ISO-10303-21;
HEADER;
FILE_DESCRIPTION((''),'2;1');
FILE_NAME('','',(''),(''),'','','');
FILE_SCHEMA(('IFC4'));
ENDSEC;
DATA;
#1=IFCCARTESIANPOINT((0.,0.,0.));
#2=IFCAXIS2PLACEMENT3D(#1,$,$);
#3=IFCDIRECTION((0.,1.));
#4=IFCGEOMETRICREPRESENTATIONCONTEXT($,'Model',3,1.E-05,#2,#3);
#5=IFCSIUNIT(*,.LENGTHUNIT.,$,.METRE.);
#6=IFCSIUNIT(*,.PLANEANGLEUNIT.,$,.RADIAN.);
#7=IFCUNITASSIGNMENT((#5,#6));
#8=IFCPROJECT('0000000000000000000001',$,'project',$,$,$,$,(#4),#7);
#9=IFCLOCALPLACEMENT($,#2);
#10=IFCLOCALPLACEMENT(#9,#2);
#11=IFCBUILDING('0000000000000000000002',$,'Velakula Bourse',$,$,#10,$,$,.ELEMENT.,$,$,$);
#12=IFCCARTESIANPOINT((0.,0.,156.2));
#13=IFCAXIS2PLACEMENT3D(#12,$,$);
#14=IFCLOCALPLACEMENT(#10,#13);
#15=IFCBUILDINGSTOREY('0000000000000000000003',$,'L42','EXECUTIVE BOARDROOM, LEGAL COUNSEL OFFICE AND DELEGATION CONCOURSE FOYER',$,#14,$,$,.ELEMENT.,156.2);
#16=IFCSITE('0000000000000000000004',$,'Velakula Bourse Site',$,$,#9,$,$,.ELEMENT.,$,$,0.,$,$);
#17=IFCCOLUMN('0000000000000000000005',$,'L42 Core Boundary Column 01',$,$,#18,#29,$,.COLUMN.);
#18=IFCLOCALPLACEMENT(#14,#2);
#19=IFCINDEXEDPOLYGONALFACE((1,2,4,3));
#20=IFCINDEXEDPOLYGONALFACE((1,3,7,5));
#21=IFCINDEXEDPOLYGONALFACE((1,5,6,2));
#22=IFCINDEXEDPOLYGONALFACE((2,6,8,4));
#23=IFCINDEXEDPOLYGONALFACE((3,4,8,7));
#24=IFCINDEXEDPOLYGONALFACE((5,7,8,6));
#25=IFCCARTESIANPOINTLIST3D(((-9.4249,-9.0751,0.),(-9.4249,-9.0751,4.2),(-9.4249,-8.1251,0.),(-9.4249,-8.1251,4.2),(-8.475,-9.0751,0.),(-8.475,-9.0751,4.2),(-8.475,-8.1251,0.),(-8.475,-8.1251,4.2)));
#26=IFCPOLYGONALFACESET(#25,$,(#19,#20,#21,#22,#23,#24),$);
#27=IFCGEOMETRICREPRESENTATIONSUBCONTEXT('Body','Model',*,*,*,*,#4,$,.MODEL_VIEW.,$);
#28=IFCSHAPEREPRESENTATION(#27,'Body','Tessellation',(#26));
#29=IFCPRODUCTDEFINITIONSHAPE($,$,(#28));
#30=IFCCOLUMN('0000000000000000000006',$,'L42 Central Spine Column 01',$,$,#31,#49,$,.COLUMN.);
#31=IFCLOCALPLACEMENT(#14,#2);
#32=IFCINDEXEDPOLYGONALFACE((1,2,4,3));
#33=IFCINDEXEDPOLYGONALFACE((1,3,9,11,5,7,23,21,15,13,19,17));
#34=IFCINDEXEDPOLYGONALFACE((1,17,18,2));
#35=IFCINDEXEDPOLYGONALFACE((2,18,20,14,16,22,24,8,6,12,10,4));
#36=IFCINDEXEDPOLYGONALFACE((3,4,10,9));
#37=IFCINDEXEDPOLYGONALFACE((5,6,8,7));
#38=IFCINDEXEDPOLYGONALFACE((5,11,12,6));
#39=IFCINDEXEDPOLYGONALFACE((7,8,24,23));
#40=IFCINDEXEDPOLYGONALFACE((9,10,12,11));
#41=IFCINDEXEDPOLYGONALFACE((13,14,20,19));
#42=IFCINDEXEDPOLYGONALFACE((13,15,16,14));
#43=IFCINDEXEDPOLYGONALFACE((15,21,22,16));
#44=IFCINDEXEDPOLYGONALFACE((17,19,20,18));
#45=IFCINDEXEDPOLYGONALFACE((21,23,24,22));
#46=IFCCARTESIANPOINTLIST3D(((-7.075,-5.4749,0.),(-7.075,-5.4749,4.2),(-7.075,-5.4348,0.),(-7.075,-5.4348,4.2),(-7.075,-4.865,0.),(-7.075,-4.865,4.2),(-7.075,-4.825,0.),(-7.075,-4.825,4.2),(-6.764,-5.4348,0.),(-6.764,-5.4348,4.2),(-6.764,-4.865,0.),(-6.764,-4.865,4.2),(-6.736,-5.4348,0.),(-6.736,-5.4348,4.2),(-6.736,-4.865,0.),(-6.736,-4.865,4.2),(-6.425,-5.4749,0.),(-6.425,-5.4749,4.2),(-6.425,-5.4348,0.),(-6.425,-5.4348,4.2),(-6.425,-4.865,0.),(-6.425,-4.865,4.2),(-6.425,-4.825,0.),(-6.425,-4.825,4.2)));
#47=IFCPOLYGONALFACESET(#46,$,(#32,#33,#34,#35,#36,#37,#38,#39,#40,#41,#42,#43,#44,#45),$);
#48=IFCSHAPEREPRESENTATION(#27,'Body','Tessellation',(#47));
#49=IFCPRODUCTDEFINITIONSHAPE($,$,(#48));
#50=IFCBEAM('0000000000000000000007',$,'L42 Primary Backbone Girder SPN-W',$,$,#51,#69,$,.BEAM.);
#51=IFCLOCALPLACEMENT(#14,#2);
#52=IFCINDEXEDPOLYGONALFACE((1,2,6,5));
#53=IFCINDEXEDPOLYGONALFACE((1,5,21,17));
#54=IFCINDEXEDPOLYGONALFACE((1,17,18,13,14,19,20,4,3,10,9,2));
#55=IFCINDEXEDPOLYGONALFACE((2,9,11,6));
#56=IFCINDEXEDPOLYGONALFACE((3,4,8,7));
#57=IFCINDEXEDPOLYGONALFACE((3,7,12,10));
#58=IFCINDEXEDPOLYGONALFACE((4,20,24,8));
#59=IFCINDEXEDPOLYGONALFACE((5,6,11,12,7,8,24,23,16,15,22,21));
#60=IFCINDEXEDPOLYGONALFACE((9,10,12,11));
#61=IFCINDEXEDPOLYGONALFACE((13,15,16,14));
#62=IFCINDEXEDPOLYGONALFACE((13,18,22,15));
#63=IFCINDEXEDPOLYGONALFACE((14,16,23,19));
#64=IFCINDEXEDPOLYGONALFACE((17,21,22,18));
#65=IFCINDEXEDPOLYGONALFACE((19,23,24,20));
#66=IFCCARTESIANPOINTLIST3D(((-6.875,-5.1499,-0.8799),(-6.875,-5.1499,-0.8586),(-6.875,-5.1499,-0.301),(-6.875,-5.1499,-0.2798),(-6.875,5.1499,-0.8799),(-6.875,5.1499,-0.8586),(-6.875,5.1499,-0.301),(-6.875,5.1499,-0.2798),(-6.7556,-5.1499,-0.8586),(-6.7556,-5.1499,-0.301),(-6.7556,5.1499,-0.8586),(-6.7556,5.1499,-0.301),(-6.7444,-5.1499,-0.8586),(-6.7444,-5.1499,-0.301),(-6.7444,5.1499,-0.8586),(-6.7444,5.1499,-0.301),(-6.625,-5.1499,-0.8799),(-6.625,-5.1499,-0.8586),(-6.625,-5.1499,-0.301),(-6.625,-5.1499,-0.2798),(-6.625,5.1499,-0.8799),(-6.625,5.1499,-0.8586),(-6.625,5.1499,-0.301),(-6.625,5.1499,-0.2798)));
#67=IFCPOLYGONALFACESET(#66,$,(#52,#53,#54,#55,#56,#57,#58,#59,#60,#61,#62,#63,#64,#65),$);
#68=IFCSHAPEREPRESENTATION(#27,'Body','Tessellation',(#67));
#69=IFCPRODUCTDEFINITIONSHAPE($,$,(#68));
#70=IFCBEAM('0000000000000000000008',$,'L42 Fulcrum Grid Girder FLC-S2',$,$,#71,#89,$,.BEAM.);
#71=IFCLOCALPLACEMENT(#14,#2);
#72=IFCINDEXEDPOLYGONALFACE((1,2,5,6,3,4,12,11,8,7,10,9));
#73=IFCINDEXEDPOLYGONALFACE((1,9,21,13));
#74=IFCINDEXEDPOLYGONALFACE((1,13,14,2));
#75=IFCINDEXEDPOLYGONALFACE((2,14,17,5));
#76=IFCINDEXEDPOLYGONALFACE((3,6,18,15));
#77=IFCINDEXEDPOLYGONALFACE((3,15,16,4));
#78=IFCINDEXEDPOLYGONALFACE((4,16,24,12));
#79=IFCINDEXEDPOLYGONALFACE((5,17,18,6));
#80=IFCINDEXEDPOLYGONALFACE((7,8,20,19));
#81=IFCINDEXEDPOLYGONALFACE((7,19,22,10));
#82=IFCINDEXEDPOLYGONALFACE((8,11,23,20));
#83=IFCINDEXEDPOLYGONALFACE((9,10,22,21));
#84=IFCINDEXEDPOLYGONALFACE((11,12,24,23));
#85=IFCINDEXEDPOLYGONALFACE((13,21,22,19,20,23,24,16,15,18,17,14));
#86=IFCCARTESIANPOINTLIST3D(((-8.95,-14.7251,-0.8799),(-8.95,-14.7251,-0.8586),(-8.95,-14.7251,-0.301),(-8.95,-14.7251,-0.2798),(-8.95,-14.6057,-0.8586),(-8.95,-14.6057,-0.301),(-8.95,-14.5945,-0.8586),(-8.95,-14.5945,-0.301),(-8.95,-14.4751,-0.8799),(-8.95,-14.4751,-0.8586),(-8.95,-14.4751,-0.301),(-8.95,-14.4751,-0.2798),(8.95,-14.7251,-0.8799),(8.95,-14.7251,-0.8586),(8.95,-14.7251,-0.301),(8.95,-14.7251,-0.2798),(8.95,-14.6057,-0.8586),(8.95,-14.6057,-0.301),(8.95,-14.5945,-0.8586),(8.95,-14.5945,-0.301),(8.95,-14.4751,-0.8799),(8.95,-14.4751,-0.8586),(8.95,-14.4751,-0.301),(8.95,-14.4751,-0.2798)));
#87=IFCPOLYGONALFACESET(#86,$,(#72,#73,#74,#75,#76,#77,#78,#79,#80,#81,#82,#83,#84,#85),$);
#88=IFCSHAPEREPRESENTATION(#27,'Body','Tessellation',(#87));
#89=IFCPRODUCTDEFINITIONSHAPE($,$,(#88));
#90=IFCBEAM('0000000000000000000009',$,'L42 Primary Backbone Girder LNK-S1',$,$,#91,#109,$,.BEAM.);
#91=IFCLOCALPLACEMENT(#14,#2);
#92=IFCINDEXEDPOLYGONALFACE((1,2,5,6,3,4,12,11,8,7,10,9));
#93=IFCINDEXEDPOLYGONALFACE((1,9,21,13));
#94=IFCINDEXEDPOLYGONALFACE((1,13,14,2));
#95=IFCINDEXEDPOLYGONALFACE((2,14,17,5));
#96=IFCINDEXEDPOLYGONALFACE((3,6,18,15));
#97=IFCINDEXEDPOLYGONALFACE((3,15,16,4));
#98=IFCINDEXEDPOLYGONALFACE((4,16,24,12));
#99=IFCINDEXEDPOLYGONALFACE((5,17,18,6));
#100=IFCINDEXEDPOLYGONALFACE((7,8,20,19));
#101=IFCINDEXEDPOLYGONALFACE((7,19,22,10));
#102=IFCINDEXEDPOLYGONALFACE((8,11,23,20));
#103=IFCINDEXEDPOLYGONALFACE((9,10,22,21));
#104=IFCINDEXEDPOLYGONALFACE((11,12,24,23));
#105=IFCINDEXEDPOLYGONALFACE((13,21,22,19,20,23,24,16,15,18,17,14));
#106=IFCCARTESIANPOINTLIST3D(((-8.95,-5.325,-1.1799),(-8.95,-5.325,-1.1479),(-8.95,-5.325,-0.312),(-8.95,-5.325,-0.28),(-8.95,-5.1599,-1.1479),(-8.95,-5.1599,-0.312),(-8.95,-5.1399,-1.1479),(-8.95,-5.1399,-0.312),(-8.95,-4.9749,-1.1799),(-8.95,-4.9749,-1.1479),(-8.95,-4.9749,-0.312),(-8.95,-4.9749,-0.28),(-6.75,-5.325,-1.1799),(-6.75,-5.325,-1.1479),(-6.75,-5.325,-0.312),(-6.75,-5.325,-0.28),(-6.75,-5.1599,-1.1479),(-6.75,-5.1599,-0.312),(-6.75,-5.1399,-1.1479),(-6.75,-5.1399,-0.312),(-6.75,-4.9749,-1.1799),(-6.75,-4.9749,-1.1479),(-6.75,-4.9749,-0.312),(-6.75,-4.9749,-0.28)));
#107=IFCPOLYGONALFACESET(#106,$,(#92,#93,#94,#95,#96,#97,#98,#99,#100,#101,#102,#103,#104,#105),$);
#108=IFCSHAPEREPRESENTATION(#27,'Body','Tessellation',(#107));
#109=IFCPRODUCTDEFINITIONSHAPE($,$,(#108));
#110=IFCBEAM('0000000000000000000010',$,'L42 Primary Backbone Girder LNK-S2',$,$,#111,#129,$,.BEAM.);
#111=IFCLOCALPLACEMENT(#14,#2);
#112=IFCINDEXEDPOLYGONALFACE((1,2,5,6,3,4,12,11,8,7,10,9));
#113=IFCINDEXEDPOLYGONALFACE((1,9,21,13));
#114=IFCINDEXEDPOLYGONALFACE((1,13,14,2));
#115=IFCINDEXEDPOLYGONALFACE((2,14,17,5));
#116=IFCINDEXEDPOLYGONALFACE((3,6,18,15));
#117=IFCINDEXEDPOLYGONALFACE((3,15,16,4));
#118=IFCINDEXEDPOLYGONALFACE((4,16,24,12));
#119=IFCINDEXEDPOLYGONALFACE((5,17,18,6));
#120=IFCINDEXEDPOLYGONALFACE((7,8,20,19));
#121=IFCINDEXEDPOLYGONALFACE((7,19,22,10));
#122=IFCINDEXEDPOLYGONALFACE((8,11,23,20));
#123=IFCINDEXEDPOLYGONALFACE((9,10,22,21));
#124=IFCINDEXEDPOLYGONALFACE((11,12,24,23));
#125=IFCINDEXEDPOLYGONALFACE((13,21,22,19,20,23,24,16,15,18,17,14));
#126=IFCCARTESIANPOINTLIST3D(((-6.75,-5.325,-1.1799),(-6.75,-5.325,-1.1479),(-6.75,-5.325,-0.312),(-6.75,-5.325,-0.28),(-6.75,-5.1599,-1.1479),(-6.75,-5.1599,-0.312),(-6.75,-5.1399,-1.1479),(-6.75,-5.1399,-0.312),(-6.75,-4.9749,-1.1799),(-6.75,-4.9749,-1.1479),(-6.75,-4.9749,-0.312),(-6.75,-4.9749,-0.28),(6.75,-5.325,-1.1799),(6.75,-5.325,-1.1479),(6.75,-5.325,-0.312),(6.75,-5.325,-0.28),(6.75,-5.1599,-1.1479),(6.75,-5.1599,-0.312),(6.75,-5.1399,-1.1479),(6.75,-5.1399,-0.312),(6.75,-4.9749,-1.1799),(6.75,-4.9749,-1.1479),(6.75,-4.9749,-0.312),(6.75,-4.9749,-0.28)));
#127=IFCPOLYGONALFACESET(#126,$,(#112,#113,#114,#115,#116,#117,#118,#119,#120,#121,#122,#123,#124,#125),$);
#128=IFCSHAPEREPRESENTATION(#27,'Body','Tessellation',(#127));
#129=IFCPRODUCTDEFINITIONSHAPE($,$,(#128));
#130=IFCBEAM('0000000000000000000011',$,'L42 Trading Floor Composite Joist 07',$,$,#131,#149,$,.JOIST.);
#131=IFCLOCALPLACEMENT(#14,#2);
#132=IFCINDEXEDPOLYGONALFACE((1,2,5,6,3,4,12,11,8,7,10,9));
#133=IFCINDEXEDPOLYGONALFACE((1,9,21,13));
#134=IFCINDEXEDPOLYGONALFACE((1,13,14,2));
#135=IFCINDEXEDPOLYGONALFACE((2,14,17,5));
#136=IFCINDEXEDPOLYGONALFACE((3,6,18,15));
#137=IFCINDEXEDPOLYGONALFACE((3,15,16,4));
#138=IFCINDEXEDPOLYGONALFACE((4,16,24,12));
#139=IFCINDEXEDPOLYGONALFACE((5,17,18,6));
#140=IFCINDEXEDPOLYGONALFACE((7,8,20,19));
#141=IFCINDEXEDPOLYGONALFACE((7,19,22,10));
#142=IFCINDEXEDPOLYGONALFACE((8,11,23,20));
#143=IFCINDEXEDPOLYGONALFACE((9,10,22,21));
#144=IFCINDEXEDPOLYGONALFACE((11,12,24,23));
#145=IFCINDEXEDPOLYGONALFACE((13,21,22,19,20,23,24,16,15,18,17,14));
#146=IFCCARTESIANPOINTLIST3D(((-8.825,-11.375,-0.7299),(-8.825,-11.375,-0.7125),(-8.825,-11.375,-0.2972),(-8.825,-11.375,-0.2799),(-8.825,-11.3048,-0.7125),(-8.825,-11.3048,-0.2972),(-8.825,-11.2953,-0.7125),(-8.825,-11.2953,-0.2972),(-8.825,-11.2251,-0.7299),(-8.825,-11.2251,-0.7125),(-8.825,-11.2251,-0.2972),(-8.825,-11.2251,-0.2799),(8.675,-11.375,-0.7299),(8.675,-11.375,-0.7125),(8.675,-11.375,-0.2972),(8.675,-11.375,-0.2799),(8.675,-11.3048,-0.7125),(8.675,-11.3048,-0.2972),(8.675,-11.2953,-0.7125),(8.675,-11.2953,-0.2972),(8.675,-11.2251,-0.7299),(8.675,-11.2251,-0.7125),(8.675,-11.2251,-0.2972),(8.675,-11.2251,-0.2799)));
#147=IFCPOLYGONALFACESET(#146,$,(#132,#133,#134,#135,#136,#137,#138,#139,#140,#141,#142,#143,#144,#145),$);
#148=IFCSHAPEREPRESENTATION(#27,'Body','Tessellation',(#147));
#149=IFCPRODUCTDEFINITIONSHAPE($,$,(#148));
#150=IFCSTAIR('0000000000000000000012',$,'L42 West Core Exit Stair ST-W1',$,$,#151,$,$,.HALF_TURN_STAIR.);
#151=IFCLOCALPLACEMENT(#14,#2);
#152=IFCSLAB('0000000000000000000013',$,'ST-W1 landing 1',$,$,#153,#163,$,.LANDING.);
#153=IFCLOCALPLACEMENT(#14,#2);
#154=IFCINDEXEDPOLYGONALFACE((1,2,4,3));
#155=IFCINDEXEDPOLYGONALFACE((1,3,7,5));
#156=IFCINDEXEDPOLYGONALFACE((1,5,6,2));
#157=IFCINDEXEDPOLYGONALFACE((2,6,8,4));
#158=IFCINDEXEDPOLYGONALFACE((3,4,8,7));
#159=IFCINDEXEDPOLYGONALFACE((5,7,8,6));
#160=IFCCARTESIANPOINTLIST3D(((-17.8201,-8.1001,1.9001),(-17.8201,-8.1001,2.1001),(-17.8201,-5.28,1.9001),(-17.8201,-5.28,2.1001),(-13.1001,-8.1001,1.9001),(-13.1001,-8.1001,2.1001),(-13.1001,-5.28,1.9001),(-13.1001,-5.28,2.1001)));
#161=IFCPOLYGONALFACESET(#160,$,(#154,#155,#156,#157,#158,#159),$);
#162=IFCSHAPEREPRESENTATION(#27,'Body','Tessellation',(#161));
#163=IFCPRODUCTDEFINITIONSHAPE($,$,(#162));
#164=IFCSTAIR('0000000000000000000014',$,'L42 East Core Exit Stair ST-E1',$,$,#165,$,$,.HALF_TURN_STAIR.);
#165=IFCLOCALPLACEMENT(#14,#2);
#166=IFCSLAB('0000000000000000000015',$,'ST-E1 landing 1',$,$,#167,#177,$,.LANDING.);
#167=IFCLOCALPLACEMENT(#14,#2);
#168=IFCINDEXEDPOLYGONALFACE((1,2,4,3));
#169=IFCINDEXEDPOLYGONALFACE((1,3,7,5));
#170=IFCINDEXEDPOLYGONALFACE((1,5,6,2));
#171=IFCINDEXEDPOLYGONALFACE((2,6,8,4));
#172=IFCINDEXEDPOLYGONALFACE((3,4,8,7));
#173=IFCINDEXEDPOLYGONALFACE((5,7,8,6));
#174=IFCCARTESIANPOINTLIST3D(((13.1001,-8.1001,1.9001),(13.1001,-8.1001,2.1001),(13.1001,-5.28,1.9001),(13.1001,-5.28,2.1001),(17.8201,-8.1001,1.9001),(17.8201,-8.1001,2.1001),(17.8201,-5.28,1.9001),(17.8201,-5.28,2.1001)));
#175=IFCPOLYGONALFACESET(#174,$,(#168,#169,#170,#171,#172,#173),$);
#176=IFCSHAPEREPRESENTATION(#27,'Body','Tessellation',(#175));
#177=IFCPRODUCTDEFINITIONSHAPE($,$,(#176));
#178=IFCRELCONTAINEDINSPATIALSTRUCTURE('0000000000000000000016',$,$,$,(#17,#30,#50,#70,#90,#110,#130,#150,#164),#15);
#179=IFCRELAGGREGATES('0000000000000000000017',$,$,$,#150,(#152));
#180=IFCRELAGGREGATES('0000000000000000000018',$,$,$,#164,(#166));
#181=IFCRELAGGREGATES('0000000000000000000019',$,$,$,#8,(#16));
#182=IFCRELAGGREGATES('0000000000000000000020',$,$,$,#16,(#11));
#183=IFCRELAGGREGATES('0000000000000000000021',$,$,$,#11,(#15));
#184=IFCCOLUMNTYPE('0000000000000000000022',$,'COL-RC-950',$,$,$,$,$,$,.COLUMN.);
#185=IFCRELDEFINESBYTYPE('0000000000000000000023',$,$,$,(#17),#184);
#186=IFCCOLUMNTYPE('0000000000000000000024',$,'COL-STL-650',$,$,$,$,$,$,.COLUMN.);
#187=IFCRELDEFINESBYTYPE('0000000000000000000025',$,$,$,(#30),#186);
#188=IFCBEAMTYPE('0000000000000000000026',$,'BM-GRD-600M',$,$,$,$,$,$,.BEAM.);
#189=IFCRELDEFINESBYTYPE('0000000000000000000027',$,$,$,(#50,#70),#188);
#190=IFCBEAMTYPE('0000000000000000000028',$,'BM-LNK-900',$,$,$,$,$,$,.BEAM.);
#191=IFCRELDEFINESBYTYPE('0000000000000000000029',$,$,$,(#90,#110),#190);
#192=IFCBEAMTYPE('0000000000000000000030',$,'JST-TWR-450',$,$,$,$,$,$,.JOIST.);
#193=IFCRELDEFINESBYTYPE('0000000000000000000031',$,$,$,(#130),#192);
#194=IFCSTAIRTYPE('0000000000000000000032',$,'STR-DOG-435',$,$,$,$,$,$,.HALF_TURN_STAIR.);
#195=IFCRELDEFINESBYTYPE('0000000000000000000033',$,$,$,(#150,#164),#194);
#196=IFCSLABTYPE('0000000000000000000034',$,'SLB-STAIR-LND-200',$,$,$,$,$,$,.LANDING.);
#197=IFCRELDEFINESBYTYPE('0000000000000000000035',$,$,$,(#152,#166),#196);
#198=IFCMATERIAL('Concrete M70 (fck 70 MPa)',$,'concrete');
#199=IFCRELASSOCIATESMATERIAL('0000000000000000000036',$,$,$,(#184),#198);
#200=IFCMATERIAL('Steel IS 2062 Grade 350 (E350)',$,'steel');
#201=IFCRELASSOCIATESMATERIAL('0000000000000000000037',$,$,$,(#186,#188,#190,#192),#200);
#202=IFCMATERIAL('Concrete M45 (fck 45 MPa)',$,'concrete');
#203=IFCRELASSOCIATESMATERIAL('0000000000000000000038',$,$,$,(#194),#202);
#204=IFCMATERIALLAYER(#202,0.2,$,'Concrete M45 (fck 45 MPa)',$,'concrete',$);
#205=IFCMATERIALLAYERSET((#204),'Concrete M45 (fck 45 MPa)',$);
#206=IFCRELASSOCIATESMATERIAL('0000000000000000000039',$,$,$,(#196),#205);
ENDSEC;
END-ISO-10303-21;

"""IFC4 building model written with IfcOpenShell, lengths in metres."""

from ifc_helpers import new_model, si_unit, direction, frame, origin, origin_2d, place, context, subcontext, project, spatial, polyline, rectangle, i_section, outline, extrude, material, layer, layer_set, material_profile, profile_set, type_object, element, aggregate, save


model = new_model("IFC4")

# Units and contexts
model_context = context("Model", 3, precision=1e-05, world=origin(), true_north=direction((0.0, 1.0)))
body_context = subcontext(model_context, "Body", "Model", "MODEL_VIEW")
ifc_project = project(units=[si_unit("LENGTHUNIT", "METRE"), si_unit("PLANEANGLEUNIT", "RADIAN")], contexts=[model_context])

# Site, building, storey
site_placement = place(None, origin())
site = spatial("IfcSite", under=ifc_project, at=site_placement, Name="Velakula Bourse Site", CompositionType="ELEMENT", RefElevation=0.0)
building_placement = place(site_placement, origin())
building = spatial("IfcBuilding", under=site, at=building_placement, Name="Velakula Bourse", CompositionType="ELEMENT")
storey_placement = place(building_placement, frame((0.0, 0.0, 156.2)))
storey = spatial("IfcBuildingStorey", under=building, at=storey_placement, Name="L42", Description="EXECUTIVE BOARDROOM, LEGAL COUNSEL OFFICE AND DELEGATION CONCOURSE FOYER", CompositionType="ELEMENT", Elevation=156.2)

# Columns
ifc_material_1 = material(Name="Concrete M70 (fck 70 MPa)", Category="concrete")
ifc_material_profile_1 = material_profile(ifc_material_1, rectangle(XDim=0.95, YDim=0.95, at=origin_2d()), Name="Concrete M70 (fck 70 MPa)")
ifc_profile_set_1 = profile_set([ifc_material_profile_1], Name="Concrete M70 (fck 70 MPa)")
column_type_1 = type_object("IfcColumnType", Name="COL-RC-950", PredefinedType="COLUMN", material=ifc_profile_set_1)
column_1_placement = place(storey_placement, frame((-8.95, -8.6001, 0.0), z_axis=(0.0, 0.0, 1.0), x_axis=(1.0, 0.0, 0.0)))
element("IfcColumn", 1, at=column_1_placement, inside=storey, type_object=column_type_1, Name="L42 Core Boundary Column 01", PredefinedType="COLUMN", context=body_context, shape_type="SweptSolid", body=[
    extrude(rectangle(XDim=0.95, YDim=0.95, at=origin_2d()), origin(), (0.0, 0.0, 1.0), 4.2),
])
ifc_material_2 = material(Name="Steel IS 2062 Grade 350 (E350)", Category="steel")
ifc_material_profile_2 = material_profile(ifc_material_2, i_section(OverallWidth=0.6499, OverallDepth=0.6499, WebThickness=0.0281, FlangeThickness=0.04, at=origin_2d()), Name="Steel IS 2062 Grade 350 (E350)")
ifc_profile_set_2 = profile_set([ifc_material_profile_2], Name="Steel IS 2062 Grade 350 (E350)")
column_type_2 = type_object("IfcColumnType", Name="COL-STL-650", PredefinedType="COLUMN", material=ifc_profile_set_2)
column_2_placement = place(storey_placement, frame((-6.75, -5.1499, 0.0), z_axis=(0.0, 0.0, 1.0), x_axis=(1.0, 0.0, 0.0)))
element("IfcColumn", 2, at=column_2_placement, inside=storey, type_object=column_type_2, Name="L42 Central Spine Column 01", PredefinedType="COLUMN", context=body_context, shape_type="SweptSolid", body=[
    extrude(i_section(OverallWidth=0.6499, OverallDepth=0.6499, WebThickness=0.0281, FlangeThickness=0.04, at=origin_2d()), origin(), (0.0, 0.0, 1.0), 4.2),
])

# Beams
ifc_material_profile_3 = material_profile(ifc_material_2, i_section(OverallWidth=0.25, OverallDepth=0.6001, WebThickness=0.0112, FlangeThickness=0.0212, at=origin_2d()), Name="Steel IS 2062 Grade 350 (E350)")
ifc_profile_set_3 = profile_set([ifc_material_profile_3], Name="Steel IS 2062 Grade 350 (E350)")
beam_type_1 = type_object("IfcBeamType", Name="BM-GRD-600M", PredefinedType="BEAM", material=ifc_profile_set_3)
beam_1_placement = place(storey_placement, frame((-6.75, -5.1499, -0.5798), z_axis=(0.0, 1.0, 0.0), x_axis=(-1.0, 0.0, 0.0)))
element("IfcBeam", 3, at=beam_1_placement, inside=storey, type_object=beam_type_1, Name="L42 Primary Backbone Girder SPN-W", PredefinedType="BEAM", context=body_context, shape_type="SweptSolid", body=[
    extrude(i_section(OverallWidth=0.25, OverallDepth=0.6001, WebThickness=0.0112, FlangeThickness=0.0212, at=origin_2d()), origin(), (0.0, 0.0, 1.0), 10.2998),
])
beam_2_placement = place(storey_placement, frame((-8.95, -14.6001, -0.5798), z_axis=(1.0, 0.0, 0.0), x_axis=(0.0, 1.0, 0.0)))
element("IfcBeam", 4, at=beam_2_placement, inside=storey, type_object=beam_type_1, Name="L42 Fulcrum Grid Girder FLC-S2", PredefinedType="BEAM", context=body_context, shape_type="SweptSolid", body=[
    extrude(i_section(OverallWidth=0.25, OverallDepth=0.6001, WebThickness=0.0112, FlangeThickness=0.0212, at=origin_2d()), origin(), (0.0, 0.0, 1.0), 17.8999),
])
ifc_material_profile_4 = material_profile(ifc_material_2, i_section(OverallWidth=0.3501, OverallDepth=0.8999, WebThickness=0.02, FlangeThickness=0.032, at=origin_2d()), Name="Steel IS 2062 Grade 350 (E350)")
ifc_profile_set_4 = profile_set([ifc_material_profile_4], Name="Steel IS 2062 Grade 350 (E350)")
beam_type_2 = type_object("IfcBeamType", Name="BM-LNK-900", PredefinedType="BEAM", material=ifc_profile_set_4)
beam_3_placement = place(storey_placement, frame((-8.95, -5.1499, -0.73), z_axis=(1.0, 0.0, 0.0), x_axis=(0.0, 1.0, 0.0)))
element("IfcBeam", 5, at=beam_3_placement, inside=storey, type_object=beam_type_2, Name="L42 Primary Backbone Girder LNK-S1", PredefinedType="BEAM", context=body_context, shape_type="SweptSolid", body=[
    extrude(i_section(OverallWidth=0.3501, OverallDepth=0.8999, WebThickness=0.02, FlangeThickness=0.032, at=origin_2d()), origin(), (0.0, 0.0, 1.0), 2.2),
])
beam_4_placement = place(storey_placement, frame((-6.75, -5.1499, -0.73), z_axis=(1.0, 0.0, 0.0), x_axis=(0.0, 1.0, 0.0)))
element("IfcBeam", 6, at=beam_4_placement, inside=storey, type_object=beam_type_2, Name="L42 Primary Backbone Girder LNK-S2", PredefinedType="BEAM", context=body_context, shape_type="SweptSolid", body=[
    extrude(i_section(OverallWidth=0.3501, OverallDepth=0.8999, WebThickness=0.02, FlangeThickness=0.032, at=origin_2d()), origin(), (0.0, 0.0, 1.0), 13.5),
])
ifc_material_profile_5 = material_profile(ifc_material_2, i_section(OverallWidth=0.1499, OverallDepth=0.45, WebThickness=0.0095, FlangeThickness=0.0173, at=origin_2d()), Name="Steel IS 2062 Grade 350 (E350)")
ifc_profile_set_5 = profile_set([ifc_material_profile_5], Name="Steel IS 2062 Grade 350 (E350)")
beam_type_3 = type_object("IfcBeamType", Name="JST-TWR-450", PredefinedType="JOIST", material=ifc_profile_set_5)
beam_5_placement = place(storey_placement, frame((-8.825, -11.3, -0.5049), z_axis=(1.0, 0.0, 0.0), x_axis=(0.0, 1.0, 0.0)))
element("IfcBeam", 7, at=beam_5_placement, inside=storey, type_object=beam_type_3, Name="L42 Trading Floor Composite Joist 07", PredefinedType="JOIST", context=body_context, shape_type="SweptSolid", body=[
    extrude(i_section(OverallWidth=0.1499, OverallDepth=0.45, WebThickness=0.0095, FlangeThickness=0.0173, at=origin_2d()), origin(), (0.0, 0.0, 1.0), 17.5),
])

# Stairs, slabs
ifc_material_3 = material(Name="Concrete M45 (fck 45 MPa)", Category="concrete")
stair_type = type_object("IfcStairType", Name="STR-DOG-435", PredefinedType="HALF_TURN_STAIR", material=ifc_material_3)
stair_1_placement = place(storey_placement, origin())
stair_1 = element("IfcStair", 8, at=stair_1_placement, inside=storey, type_object=stair_type, Name="L42 West Core Exit Stair ST-W1", PredefinedType="HALF_TURN_STAIR")
ifc_layer_1 = layer(ifc_material_3, 0.2, Name="Concrete M45 (fck 45 MPa)", Category="concrete")
ifc_layer_set_1 = layer_set([ifc_layer_1], Name="Concrete M45 (fck 45 MPa)")
slab_type_1 = type_object("IfcSlabType", Name="SLB-STAIR-LND-200", PredefinedType="LANDING", material=ifc_layer_set_1)
slab_1_placement = place(storey_placement, frame((0.0, 0.0, 1.9001)))
slab_1 = element("IfcSlab", 9, at=slab_1_placement, type_object=slab_type_1, Name="ST-W1 landing 1", PredefinedType="LANDING", context=body_context, shape_type="SweptSolid", body=[
    extrude(outline(polyline([(-17.8201, -5.28), (-17.8201, -8.1001), (-13.1001, -8.1001), (-13.1001, -5.28), (-17.8201, -5.28)])), origin(), (0.0, 0.0, 1.0), 0.2),
])
aggregate(stair_1, [slab_1])
stair_2_placement = place(storey_placement, origin())
stair_2 = element("IfcStair", 10, at=stair_2_placement, inside=storey, type_object=stair_type, Name="L42 East Core Exit Stair ST-E1", PredefinedType="HALF_TURN_STAIR")
slab_2_placement = place(storey_placement, frame((0.0, 0.0, 1.9001)))
slab_2 = element("IfcSlab", 11, at=slab_2_placement, type_object=slab_type_1, Name="ST-E1 landing 1", PredefinedType="LANDING", context=body_context, shape_type="SweptSolid", body=[
    extrude(outline(polyline([(13.1001, -5.28), (13.1001, -8.1001), (17.8201, -8.1001), (17.8201, -5.28), (13.1001, -5.28)])), origin(), (0.0, 0.0, 1.0), 0.2),
])
aggregate(stair_2, [slab_2])

save(model, "model.ifc")
